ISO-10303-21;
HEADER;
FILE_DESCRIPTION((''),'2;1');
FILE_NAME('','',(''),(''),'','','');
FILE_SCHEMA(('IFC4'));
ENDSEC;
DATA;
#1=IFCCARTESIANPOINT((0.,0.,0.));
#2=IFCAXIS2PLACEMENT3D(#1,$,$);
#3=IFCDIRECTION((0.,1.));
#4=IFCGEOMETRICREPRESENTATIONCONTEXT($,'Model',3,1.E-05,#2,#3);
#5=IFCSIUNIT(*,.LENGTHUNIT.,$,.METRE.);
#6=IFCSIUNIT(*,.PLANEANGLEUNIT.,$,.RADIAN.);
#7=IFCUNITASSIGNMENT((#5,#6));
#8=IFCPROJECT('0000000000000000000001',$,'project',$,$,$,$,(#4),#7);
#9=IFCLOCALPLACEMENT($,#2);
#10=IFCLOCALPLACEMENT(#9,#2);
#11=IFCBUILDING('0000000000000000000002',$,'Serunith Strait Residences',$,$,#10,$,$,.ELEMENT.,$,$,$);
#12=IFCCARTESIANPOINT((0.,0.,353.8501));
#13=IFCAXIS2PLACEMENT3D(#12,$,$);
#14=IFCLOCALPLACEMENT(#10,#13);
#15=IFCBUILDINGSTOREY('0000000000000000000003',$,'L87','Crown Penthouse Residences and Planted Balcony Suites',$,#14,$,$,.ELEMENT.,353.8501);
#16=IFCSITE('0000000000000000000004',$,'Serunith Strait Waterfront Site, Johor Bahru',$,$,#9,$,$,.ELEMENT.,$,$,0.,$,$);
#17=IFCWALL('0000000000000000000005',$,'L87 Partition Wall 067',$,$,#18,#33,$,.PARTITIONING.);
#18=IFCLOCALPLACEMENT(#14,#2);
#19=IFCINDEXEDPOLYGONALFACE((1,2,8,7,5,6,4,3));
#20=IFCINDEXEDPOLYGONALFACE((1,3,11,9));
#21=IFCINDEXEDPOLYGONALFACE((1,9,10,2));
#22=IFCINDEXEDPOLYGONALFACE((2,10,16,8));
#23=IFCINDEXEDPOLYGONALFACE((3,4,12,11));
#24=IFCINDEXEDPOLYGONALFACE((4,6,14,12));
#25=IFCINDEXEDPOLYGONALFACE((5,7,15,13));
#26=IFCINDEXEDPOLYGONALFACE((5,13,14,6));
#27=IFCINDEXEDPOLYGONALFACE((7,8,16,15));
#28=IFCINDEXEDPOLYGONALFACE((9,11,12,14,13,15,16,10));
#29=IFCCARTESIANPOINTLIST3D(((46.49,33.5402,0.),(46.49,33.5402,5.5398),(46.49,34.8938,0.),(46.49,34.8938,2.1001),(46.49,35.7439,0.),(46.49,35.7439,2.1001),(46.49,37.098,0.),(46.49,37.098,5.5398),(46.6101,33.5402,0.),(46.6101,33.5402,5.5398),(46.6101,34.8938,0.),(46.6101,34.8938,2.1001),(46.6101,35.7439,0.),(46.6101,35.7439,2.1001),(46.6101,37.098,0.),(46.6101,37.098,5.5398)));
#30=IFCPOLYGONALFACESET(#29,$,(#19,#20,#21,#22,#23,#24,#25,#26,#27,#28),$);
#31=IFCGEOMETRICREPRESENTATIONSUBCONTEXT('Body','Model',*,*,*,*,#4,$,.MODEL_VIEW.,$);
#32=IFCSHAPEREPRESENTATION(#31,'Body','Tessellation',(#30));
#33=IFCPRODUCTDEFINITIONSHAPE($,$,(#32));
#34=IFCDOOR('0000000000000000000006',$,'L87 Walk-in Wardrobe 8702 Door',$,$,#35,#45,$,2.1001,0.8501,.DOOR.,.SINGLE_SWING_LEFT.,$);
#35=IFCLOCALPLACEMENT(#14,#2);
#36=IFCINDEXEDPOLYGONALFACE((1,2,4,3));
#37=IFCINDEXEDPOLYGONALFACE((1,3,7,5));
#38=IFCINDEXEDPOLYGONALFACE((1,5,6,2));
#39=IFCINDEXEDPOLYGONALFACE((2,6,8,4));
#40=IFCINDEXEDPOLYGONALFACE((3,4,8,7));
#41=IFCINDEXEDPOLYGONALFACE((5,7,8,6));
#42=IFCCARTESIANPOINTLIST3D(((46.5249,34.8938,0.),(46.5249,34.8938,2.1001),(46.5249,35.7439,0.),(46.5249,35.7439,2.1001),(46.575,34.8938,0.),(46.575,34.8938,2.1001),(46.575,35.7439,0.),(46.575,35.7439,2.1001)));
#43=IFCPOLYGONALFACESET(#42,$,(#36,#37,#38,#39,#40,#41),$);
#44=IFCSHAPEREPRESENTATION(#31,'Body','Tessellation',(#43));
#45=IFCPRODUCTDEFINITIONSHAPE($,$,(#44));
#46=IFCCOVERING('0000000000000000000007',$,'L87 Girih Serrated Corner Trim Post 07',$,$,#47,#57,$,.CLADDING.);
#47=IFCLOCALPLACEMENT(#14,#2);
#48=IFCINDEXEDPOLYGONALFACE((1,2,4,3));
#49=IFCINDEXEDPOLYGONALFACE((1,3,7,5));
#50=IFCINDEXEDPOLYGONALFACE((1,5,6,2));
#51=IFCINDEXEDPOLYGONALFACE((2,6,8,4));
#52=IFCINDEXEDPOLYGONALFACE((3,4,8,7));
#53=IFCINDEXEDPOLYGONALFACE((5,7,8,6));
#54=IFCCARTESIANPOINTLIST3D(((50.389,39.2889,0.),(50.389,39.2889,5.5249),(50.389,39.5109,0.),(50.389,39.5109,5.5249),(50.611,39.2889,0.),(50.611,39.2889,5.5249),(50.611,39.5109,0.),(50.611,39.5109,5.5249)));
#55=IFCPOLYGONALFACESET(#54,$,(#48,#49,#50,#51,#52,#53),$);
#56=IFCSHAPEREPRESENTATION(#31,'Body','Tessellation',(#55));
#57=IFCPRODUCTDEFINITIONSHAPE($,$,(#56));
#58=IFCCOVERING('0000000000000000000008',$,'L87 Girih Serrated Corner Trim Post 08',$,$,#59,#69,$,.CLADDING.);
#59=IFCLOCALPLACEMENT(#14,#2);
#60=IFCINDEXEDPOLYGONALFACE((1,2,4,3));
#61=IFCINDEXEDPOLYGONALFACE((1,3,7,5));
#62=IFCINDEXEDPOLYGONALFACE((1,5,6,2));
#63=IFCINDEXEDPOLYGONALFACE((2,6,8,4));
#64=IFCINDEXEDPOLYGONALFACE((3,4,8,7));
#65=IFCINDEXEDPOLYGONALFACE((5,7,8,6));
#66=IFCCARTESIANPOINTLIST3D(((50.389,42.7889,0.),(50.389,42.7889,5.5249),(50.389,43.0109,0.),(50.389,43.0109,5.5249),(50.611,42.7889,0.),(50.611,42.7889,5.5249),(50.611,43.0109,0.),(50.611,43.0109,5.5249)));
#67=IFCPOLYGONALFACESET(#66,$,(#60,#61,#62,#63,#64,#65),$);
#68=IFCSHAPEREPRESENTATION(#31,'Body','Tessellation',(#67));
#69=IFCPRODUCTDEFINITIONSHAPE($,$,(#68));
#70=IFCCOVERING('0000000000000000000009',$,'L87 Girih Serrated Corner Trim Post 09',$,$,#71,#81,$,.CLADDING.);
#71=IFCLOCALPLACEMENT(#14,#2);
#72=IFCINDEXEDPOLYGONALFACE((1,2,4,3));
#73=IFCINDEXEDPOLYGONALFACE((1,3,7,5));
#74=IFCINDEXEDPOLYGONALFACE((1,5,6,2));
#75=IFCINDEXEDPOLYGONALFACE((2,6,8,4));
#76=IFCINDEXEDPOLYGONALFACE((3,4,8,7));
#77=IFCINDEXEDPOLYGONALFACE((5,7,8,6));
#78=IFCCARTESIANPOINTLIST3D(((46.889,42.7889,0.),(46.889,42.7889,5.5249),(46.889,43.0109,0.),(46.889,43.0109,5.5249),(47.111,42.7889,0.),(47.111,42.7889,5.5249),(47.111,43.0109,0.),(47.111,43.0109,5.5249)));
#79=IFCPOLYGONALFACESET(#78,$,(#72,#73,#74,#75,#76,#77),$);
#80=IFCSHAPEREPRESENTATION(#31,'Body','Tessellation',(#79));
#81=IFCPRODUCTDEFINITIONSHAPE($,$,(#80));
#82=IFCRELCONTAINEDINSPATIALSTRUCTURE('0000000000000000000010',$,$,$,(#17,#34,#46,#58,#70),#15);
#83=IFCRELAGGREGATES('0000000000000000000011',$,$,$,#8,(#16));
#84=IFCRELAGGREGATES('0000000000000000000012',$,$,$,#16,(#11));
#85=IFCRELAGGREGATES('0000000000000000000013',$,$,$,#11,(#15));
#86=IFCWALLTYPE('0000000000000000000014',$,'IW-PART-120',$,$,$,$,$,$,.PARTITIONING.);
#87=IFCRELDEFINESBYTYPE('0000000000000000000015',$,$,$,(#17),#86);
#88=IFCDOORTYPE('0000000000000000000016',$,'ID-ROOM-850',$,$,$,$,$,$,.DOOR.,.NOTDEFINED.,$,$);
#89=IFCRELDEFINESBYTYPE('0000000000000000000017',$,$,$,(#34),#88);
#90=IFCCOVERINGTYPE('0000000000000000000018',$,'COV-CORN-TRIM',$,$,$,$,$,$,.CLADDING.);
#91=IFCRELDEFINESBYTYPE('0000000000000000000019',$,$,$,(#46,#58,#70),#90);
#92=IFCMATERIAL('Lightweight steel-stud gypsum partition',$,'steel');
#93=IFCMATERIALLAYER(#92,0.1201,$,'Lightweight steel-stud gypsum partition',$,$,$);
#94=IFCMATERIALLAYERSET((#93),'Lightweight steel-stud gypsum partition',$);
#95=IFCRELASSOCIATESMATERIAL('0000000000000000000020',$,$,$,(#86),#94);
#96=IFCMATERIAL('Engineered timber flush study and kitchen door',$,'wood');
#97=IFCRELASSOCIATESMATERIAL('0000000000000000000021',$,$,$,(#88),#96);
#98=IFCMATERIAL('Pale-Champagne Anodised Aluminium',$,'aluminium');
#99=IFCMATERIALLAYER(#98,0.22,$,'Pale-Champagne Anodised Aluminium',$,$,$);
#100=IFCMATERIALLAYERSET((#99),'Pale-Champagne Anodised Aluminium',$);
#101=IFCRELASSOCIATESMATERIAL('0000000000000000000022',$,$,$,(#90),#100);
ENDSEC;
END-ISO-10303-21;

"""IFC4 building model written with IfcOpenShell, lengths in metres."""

from ifc_helpers import new_model, si_unit, direction, frame, frame_2d, origin, origin_2d, place, context, subcontext, project, spatial, rectangle, extrude, source, transform, mapped, material, layer, layer_set, type_object, element, fill, save


model = new_model("IFC4")

# Units and contexts
model_context = context("Model", 3, precision=1e-05, world=origin(), true_north=direction((0.0, 1.0)))
body_context = subcontext(model_context, "Body", "Model", "MODEL_VIEW")
ifc_project = project(units=[si_unit("LENGTHUNIT", "METRE"), si_unit("PLANEANGLEUNIT", "RADIAN")], contexts=[model_context])

# Site, building, storey
site_placement = place(None, origin())
site = spatial("IfcSite", under=ifc_project, at=site_placement, Name="Serunith Strait Waterfront Site, Johor Bahru", CompositionType="ELEMENT", RefElevation=0.0)
building_placement = place(site_placement, origin())
building = spatial("IfcBuilding", under=site, at=building_placement, Name="Serunith Strait Residences", CompositionType="ELEMENT")
storey_placement = place(building_placement, frame((0.0, 0.0, 353.8501)))
storey = spatial("IfcBuildingStorey", under=building, at=storey_placement, Name="L87", Description="Crown Penthouse Residences and Planted Balcony Suites", CompositionType="ELEMENT", Elevation=353.8501)

# Shared definitions
ifc_material_1 = material(Name="Lightweight steel-stud gypsum partition", Category="steel")
ifc_layer_1 = layer(ifc_material_1, 0.1201, Name="Lightweight steel-stud gypsum partition")
ifc_layer_set_1 = layer_set([ifc_layer_1], Name="Lightweight steel-stud gypsum partition")
wall_type_1 = type_object("IfcWallType", Name="IW-PART-120", PredefinedType="PARTITIONING", material=ifc_layer_set_1)

# Wall, opening, door
wall_1_placement = place(storey_placement, frame((46.55, 37.0979, 0.0), z_axis=(0.0, 0.0, 1.0), x_axis=(0.0, -1.0, 0.0)))
wall_1 = element("IfcWall", 1, at=wall_1_placement, inside=storey, type_object=wall_type_1, Name="L87 Partition Wall 067", PredefinedType="PARTITIONING", context=body_context, shape_type="SweptSolid", body=[
    extrude(rectangle(XDim=3.5579, YDim=0.1201, at=frame_2d((1.7788, 0.0))), origin(), (0.0, 0.0, 1.0), 5.5398),
])
opening_1_placement = place(wall_1_placement, frame((1.354, 0.0, 0.0)))
opening_1 = element("IfcOpeningElement", 2, at=opening_1_placement, cuts=wall_1, PredefinedType="OPENING", context=body_context, shape_type="SweptSolid", body=[
    extrude(rectangle(XDim=0.8501, YDim=2.1001, at=frame_2d((0.425, 1.05))), frame((0.0, 0.0701, 0.0), z_axis=(0.0, -1.0, 0.0), x_axis=(1.0, 0.0, 0.0)), (0.0, 0.0, 1.0), 0.1401),
])
ifc_material_2 = material(Name="Engineered timber flush study and kitchen door", Category="wood")
door_type_1 = type_object("IfcDoorType", Name="ID-ROOM-850", OperationType="NOTDEFINED", PredefinedType="DOOR", material=ifc_material_2)
shared_shape_1 = source(origin(), body_context, "Body", "SweptSolid", [
    extrude(rectangle(XDim=0.8501, YDim=2.1001, at=frame_2d((0.425, 1.05))), frame((0.0, 0.0249, 0.0), z_axis=(0.0, -1.0, 0.0), x_axis=(1.0, 0.0, 0.0)), (0.0, 0.0, 1.0), 0.05),
])
door_1_placement = place(opening_1_placement, origin())
door_1 = element("IfcDoor", 3, at=door_1_placement, inside=storey, type_object=door_type_1, Name="L87 Walk-in Wardrobe 8702 Door", OperationType="SINGLE_SWING_LEFT", OverallHeight=2.1001, OverallWidth=0.8501, PredefinedType="DOOR", context=body_context, shape_type="MappedRepresentation", body=[
    mapped(shared_shape_1, transform((0.0, 0.0, 0.0), scale=1.0)),
])
fill(opening_1, door_1)

# Coverings
ifc_material_3 = material(Name="Pale-Champagne Anodised Aluminium", Category="aluminium")
ifc_layer_2 = layer(ifc_material_3, 0.22, Name="Pale-Champagne Anodised Aluminium")
ifc_layer_set_2 = layer_set([ifc_layer_2], Name="Pale-Champagne Anodised Aluminium")
covering_type = type_object("IfcCoveringType", Name="COV-CORN-TRIM", PredefinedType="CLADDING", material=ifc_layer_set_2)
shared_shape_2 = source(origin(), body_context, "Body", "SweptSolid", [
    extrude(rectangle(XDim=0.2219, YDim=0.2219, at=origin_2d()), origin(), (0.0, 0.0, 1.0), 5.5249),
])
for number, where, z_axis, x_axis, name in (
    (4, (50.5, 39.3999, 0.0), (0.0, 0.0, 1.0), (1.0, 0.0, 0.0), "L87 Girih Serrated Corner Trim Post 07"),
    (5, (50.5, 42.8999, 0.0), (0.0, 0.0, 1.0), (1.0, 0.0, 0.0), "L87 Girih Serrated Corner Trim Post 08"),
    (6, (47.0, 42.8999, 0.0), (0.0, 0.0, 1.0), (1.0, 0.0, 0.0), "L87 Girih Serrated Corner Trim Post 09"),
):
    element("IfcCovering", number, at=place(storey_placement, frame(where, z_axis=z_axis, x_axis=x_axis)), inside=storey, type_object=covering_type, Name=name, PredefinedType="CLADDING", context=body_context, shape_type="MappedRepresentation", body=[
        mapped(shared_shape_2, transform((0.0, 0.0, 0.0), scale=1.0)),
    ])

save(model, "model.ifc")
